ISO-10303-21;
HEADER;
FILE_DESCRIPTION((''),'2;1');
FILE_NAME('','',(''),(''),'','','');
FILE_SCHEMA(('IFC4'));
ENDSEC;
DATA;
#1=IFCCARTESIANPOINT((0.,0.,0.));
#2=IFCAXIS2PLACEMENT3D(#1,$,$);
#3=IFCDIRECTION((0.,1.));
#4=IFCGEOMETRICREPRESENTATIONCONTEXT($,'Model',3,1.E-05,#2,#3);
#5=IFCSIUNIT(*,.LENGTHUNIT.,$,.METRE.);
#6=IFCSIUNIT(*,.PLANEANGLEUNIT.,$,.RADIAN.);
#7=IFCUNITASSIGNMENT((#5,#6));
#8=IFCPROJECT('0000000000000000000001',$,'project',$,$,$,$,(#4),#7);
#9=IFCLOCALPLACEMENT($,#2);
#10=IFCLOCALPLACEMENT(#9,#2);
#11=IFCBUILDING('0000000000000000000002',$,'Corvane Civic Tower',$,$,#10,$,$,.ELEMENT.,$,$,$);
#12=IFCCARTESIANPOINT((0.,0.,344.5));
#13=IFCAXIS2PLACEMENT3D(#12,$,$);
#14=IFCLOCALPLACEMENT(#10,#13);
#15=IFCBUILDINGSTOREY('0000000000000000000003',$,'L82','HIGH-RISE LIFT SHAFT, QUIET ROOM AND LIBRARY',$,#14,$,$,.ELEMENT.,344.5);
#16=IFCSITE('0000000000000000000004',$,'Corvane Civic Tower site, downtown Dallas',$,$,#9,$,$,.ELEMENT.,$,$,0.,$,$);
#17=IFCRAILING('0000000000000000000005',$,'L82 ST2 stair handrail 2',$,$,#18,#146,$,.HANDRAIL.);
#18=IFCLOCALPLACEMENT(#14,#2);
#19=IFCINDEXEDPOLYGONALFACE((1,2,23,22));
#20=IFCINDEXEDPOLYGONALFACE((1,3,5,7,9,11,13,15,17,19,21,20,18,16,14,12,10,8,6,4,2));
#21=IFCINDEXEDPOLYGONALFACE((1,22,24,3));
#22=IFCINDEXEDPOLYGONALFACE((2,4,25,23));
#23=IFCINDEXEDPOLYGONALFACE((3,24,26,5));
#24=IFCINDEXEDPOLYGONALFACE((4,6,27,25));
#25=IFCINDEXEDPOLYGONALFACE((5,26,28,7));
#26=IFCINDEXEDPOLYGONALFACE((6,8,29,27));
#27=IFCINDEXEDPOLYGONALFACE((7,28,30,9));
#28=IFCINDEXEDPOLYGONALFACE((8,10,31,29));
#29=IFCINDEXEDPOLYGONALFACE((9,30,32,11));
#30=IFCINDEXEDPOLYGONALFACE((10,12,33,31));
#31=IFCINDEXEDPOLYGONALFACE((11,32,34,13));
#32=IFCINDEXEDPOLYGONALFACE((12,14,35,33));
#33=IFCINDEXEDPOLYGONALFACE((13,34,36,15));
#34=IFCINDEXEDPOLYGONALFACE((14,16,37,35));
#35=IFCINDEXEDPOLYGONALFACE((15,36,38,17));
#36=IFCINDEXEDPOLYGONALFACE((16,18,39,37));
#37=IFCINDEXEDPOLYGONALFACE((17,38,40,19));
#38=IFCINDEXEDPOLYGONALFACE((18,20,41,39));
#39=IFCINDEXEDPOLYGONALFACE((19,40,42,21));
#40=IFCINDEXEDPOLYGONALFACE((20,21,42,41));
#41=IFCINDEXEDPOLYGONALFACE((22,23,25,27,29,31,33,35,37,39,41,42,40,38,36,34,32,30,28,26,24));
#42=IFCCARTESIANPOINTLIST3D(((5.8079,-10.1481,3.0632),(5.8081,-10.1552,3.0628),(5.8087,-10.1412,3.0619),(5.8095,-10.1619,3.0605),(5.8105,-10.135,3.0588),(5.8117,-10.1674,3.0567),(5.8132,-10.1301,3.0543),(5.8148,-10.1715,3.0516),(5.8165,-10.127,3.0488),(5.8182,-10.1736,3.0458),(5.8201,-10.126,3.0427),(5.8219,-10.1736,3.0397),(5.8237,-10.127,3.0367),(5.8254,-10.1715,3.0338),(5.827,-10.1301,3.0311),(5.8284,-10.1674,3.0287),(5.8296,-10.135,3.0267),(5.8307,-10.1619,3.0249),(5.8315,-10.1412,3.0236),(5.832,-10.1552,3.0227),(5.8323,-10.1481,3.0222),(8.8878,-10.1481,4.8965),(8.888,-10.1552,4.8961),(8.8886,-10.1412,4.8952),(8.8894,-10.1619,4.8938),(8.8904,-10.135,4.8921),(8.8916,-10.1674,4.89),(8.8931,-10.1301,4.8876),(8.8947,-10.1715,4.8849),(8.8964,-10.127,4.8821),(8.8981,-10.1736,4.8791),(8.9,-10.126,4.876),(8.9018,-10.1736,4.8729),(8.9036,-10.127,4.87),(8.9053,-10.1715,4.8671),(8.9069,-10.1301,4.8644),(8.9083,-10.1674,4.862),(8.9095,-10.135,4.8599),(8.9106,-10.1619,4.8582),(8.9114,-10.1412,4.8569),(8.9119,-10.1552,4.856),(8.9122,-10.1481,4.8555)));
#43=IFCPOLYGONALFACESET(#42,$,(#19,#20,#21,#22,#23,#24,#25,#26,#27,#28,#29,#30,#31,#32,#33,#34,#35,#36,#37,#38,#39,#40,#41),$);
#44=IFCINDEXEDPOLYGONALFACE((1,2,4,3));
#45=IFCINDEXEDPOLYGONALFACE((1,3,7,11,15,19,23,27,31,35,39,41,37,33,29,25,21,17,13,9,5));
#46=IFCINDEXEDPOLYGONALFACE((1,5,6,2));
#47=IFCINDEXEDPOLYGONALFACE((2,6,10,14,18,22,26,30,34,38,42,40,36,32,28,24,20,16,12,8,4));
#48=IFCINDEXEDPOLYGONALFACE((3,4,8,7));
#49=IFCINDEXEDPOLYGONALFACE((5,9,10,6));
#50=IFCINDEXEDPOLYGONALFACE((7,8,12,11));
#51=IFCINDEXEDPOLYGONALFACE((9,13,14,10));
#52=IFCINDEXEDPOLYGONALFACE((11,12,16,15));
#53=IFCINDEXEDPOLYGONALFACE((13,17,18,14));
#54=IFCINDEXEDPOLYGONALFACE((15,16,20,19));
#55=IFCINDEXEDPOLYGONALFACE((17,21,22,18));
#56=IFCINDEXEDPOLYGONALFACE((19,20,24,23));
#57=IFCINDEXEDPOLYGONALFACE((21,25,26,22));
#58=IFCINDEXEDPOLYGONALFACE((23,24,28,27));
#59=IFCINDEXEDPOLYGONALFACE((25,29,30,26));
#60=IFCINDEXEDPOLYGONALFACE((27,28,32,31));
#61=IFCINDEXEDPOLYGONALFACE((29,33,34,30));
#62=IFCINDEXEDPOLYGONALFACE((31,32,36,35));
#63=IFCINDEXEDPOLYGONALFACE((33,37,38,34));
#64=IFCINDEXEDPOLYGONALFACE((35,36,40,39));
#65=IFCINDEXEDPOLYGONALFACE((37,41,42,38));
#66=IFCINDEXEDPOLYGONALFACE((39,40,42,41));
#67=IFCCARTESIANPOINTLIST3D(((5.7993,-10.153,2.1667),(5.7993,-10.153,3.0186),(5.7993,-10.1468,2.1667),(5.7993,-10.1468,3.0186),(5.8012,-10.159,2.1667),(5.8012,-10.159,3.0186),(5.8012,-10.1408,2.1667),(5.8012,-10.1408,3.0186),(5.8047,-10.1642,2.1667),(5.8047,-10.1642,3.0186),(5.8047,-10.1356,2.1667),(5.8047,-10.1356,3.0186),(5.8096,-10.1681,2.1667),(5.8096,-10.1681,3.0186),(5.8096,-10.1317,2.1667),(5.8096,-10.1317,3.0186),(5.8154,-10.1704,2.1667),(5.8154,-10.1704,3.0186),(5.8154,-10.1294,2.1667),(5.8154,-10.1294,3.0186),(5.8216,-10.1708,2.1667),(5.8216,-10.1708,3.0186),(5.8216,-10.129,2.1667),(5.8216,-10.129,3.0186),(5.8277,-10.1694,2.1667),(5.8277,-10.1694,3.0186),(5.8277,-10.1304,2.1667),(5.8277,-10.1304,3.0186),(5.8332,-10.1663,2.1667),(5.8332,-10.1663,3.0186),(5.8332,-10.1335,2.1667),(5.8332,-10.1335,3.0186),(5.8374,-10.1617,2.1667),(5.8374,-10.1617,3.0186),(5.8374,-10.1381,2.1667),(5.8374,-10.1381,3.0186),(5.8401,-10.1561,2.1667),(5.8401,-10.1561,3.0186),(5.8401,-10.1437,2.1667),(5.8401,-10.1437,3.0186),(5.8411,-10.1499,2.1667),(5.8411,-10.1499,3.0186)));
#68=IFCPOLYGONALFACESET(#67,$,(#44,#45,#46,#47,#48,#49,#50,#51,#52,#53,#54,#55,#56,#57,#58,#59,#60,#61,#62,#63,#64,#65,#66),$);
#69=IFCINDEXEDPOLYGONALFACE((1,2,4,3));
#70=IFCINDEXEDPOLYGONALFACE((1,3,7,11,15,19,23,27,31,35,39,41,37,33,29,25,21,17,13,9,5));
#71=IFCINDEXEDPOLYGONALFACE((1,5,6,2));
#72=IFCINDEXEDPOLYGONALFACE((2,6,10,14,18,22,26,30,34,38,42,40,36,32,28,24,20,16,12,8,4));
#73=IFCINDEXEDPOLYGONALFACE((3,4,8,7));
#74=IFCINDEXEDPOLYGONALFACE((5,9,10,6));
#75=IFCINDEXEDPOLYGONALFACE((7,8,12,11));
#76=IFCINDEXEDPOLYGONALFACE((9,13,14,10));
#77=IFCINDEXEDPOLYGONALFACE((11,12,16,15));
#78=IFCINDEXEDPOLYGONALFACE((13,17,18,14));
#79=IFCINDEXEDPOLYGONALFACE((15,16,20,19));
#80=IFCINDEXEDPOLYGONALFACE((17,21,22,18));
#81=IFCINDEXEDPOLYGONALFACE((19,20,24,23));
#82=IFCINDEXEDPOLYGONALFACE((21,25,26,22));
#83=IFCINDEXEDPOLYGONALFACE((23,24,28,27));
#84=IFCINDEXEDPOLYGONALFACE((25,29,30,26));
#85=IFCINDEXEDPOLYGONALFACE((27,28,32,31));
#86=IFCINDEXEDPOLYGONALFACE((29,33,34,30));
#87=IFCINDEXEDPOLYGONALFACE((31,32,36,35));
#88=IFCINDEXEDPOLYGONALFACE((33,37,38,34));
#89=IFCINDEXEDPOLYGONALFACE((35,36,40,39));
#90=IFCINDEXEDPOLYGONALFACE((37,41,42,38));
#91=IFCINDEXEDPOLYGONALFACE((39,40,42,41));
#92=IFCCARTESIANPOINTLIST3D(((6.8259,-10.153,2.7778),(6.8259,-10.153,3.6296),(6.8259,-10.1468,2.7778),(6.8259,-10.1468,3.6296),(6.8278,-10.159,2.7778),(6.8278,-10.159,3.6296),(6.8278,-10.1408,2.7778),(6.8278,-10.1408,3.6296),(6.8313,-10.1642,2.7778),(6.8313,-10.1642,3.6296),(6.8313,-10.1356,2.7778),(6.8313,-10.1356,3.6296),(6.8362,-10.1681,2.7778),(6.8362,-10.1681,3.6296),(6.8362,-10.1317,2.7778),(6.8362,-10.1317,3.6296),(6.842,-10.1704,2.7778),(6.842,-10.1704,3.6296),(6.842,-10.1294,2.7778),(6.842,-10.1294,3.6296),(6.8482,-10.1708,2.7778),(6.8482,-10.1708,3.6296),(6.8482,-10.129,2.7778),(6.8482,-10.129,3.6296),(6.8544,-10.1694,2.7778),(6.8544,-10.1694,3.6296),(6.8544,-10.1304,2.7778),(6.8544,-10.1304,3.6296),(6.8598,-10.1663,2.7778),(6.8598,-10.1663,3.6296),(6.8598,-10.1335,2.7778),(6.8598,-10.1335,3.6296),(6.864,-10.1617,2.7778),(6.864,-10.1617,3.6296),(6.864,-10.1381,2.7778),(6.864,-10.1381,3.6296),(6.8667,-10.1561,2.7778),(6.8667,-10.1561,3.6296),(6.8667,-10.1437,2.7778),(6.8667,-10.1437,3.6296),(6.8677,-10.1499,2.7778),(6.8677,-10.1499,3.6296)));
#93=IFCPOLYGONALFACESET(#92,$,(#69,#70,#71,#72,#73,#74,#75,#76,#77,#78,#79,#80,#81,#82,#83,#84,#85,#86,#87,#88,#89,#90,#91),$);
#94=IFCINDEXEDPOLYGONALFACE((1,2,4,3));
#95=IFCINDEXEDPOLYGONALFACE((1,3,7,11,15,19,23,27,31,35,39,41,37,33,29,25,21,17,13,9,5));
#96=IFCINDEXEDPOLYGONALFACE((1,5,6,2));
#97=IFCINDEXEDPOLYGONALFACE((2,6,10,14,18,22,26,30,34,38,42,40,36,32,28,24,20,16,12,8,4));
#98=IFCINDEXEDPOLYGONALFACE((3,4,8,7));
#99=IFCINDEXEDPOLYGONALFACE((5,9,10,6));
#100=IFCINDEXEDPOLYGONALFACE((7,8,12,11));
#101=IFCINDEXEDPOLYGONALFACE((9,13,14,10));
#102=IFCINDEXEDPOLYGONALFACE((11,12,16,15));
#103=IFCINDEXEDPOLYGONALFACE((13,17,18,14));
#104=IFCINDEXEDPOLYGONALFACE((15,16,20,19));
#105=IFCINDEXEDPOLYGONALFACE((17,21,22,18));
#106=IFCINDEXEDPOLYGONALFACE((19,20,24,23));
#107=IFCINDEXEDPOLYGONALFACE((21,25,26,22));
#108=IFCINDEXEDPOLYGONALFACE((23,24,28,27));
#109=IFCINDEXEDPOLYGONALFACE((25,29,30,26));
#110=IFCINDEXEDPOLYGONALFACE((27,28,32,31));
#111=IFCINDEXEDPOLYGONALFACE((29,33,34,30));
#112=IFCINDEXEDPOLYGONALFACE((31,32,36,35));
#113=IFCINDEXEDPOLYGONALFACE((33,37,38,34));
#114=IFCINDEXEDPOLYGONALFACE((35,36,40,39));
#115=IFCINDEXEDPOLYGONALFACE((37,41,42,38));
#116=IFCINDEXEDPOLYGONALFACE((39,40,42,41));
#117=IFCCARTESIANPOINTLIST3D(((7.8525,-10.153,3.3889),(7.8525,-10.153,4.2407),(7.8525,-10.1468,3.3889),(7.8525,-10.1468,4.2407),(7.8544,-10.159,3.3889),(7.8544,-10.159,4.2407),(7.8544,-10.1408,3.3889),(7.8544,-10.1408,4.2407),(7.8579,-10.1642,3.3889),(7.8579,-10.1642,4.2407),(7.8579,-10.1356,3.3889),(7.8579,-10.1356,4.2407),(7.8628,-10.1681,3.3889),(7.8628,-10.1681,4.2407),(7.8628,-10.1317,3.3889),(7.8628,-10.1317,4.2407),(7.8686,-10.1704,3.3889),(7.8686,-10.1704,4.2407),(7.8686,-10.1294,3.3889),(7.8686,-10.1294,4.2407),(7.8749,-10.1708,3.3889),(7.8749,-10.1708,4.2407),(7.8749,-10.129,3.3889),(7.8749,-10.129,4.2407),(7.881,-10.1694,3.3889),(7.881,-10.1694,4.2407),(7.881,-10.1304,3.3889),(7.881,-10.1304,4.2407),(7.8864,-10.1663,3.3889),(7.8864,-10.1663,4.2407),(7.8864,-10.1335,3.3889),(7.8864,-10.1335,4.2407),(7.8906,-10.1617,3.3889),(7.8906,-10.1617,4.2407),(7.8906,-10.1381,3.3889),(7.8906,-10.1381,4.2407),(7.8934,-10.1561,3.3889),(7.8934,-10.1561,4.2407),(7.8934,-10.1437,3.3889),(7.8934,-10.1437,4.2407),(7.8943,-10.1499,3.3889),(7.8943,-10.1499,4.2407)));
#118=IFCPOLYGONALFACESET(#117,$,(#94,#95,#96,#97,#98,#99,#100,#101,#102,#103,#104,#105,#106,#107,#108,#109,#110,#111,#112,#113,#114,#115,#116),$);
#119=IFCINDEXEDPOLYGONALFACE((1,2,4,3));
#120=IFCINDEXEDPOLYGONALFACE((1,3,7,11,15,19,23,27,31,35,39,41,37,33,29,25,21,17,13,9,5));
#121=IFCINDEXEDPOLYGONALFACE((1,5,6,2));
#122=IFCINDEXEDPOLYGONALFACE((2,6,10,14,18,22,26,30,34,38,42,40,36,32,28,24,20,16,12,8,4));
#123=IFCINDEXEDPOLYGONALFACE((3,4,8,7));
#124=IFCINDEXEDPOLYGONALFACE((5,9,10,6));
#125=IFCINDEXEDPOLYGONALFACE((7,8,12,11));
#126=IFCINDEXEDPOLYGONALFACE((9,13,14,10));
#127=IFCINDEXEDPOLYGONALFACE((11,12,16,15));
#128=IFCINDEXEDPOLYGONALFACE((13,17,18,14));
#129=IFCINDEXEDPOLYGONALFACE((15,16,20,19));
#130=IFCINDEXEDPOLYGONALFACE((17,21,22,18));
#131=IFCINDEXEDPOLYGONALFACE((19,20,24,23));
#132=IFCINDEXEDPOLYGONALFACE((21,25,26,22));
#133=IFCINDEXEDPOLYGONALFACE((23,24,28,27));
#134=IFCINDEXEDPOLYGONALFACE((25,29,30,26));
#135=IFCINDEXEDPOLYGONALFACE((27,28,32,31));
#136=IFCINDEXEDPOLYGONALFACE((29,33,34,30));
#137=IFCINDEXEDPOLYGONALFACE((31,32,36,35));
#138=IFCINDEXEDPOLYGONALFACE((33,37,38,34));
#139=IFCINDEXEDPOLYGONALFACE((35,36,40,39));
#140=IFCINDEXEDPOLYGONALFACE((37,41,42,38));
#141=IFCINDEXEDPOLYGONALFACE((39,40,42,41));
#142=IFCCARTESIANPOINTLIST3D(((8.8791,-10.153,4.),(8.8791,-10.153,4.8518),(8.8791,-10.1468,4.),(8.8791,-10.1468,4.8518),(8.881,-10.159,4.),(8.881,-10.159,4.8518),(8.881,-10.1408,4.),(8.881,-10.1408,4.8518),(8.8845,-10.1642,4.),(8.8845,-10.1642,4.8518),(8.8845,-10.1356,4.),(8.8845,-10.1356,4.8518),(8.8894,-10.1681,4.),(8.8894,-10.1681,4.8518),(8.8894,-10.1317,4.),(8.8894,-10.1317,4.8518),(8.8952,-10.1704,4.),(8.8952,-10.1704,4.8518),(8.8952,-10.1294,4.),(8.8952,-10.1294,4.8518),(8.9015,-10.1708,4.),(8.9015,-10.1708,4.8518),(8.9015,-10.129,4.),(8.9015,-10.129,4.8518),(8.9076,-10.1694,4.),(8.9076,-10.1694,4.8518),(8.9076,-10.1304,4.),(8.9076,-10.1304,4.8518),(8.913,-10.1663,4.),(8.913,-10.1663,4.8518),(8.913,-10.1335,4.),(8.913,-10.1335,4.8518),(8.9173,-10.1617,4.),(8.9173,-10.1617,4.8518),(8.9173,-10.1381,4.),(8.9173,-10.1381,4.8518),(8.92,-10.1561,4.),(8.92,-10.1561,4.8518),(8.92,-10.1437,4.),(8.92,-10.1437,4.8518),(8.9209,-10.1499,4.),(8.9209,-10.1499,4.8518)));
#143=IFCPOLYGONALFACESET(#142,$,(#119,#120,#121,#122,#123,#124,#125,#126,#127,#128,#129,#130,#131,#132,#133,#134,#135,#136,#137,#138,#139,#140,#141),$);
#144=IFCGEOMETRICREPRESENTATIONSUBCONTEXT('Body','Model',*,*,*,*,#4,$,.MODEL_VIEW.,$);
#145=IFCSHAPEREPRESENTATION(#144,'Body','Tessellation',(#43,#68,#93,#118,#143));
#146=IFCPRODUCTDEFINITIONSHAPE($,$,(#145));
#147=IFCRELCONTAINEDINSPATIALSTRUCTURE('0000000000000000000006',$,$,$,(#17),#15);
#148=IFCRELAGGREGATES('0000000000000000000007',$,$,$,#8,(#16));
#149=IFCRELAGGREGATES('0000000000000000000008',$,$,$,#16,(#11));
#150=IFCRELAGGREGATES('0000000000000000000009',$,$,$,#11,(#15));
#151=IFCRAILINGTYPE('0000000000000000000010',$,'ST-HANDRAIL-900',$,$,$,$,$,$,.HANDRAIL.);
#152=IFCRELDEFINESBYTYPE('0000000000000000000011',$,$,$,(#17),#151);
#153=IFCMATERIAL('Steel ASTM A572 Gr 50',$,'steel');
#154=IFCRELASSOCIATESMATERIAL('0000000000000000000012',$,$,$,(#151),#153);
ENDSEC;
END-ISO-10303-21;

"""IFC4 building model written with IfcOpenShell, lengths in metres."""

from ifc_helpers import new_model, si_unit, direction, frame, origin, origin_2d, place, context, subcontext, project, spatial, circle, extrude, material, type_object, element, save


model = new_model("IFC4")

# Units and contexts
model_context = context("Model", 3, precision=1e-05, world=origin(), true_north=direction((0.0, 1.0)))
body_context = subcontext(model_context, "Body", "Model", "MODEL_VIEW")
ifc_project = project(units=[si_unit("LENGTHUNIT", "METRE"), si_unit("PLANEANGLEUNIT", "RADIAN")], contexts=[model_context])

# Site, building, storey
site_placement = place(None, origin())
site = spatial("IfcSite", under=ifc_project, at=site_placement, Name="Corvane Civic Tower site, downtown Dallas", CompositionType="ELEMENT", RefElevation=0.0)
building_placement = place(site_placement, origin())
building = spatial("IfcBuilding", under=site, at=building_placement, Name="Corvane Civic Tower", CompositionType="ELEMENT")
storey_placement = place(building_placement, frame((0.0, 0.0, 344.5)))
storey = spatial("IfcBuildingStorey", under=building, at=storey_placement, Name="L82", Description="HIGH-RISE LIFT SHAFT, QUIET ROOM AND LIBRARY", CompositionType="ELEMENT", Elevation=344.5)

# Railing
ifc_material_1 = material(Name="Steel ASTM A572 Gr 50", Category="steel")
railing_type_1 = type_object("IfcRailingType", Name="ST-HANDRAIL-900", PredefinedType="HANDRAIL", material=ifc_material_1)
railing_1_placement = place(storey_placement, frame((5.8201, -10.1499, 2.1667)))
element("IfcRailing", 1, at=railing_1_placement, inside=storey, type_object=railing_type_1, Name="L82 ST2 stair handrail 2", PredefinedType="HANDRAIL", context=body_context, shape_type="SweptSolid", body=[
    extrude(circle(Radius=0.0239, at=origin_2d()), frame((0.0, 0.0, 0.876), z_axis=(0.859291, 0.0, 0.511487), x_axis=(0.0, 1.0, 0.0)), (0.0, 0.0, 1.0), 3.5842),
    extrude(circle(Radius=0.021, at=origin_2d()), origin(), (0.0, 0.0, 1.0), 0.8518),
    extrude(circle(Radius=0.021, at=origin_2d()), frame((1.0266, 0.0, 0.6111)), (0.0, 0.0, 1.0), 0.8518),
    extrude(circle(Radius=0.021, at=origin_2d()), frame((2.0532, 0.0, 1.2222)), (0.0, 0.0, 1.0), 0.8518),
    extrude(circle(Radius=0.021, at=origin_2d()), frame((3.0798, 0.0, 1.8333)), (0.0, 0.0, 1.0), 0.8518),
])

save(model, "model.ifc")
